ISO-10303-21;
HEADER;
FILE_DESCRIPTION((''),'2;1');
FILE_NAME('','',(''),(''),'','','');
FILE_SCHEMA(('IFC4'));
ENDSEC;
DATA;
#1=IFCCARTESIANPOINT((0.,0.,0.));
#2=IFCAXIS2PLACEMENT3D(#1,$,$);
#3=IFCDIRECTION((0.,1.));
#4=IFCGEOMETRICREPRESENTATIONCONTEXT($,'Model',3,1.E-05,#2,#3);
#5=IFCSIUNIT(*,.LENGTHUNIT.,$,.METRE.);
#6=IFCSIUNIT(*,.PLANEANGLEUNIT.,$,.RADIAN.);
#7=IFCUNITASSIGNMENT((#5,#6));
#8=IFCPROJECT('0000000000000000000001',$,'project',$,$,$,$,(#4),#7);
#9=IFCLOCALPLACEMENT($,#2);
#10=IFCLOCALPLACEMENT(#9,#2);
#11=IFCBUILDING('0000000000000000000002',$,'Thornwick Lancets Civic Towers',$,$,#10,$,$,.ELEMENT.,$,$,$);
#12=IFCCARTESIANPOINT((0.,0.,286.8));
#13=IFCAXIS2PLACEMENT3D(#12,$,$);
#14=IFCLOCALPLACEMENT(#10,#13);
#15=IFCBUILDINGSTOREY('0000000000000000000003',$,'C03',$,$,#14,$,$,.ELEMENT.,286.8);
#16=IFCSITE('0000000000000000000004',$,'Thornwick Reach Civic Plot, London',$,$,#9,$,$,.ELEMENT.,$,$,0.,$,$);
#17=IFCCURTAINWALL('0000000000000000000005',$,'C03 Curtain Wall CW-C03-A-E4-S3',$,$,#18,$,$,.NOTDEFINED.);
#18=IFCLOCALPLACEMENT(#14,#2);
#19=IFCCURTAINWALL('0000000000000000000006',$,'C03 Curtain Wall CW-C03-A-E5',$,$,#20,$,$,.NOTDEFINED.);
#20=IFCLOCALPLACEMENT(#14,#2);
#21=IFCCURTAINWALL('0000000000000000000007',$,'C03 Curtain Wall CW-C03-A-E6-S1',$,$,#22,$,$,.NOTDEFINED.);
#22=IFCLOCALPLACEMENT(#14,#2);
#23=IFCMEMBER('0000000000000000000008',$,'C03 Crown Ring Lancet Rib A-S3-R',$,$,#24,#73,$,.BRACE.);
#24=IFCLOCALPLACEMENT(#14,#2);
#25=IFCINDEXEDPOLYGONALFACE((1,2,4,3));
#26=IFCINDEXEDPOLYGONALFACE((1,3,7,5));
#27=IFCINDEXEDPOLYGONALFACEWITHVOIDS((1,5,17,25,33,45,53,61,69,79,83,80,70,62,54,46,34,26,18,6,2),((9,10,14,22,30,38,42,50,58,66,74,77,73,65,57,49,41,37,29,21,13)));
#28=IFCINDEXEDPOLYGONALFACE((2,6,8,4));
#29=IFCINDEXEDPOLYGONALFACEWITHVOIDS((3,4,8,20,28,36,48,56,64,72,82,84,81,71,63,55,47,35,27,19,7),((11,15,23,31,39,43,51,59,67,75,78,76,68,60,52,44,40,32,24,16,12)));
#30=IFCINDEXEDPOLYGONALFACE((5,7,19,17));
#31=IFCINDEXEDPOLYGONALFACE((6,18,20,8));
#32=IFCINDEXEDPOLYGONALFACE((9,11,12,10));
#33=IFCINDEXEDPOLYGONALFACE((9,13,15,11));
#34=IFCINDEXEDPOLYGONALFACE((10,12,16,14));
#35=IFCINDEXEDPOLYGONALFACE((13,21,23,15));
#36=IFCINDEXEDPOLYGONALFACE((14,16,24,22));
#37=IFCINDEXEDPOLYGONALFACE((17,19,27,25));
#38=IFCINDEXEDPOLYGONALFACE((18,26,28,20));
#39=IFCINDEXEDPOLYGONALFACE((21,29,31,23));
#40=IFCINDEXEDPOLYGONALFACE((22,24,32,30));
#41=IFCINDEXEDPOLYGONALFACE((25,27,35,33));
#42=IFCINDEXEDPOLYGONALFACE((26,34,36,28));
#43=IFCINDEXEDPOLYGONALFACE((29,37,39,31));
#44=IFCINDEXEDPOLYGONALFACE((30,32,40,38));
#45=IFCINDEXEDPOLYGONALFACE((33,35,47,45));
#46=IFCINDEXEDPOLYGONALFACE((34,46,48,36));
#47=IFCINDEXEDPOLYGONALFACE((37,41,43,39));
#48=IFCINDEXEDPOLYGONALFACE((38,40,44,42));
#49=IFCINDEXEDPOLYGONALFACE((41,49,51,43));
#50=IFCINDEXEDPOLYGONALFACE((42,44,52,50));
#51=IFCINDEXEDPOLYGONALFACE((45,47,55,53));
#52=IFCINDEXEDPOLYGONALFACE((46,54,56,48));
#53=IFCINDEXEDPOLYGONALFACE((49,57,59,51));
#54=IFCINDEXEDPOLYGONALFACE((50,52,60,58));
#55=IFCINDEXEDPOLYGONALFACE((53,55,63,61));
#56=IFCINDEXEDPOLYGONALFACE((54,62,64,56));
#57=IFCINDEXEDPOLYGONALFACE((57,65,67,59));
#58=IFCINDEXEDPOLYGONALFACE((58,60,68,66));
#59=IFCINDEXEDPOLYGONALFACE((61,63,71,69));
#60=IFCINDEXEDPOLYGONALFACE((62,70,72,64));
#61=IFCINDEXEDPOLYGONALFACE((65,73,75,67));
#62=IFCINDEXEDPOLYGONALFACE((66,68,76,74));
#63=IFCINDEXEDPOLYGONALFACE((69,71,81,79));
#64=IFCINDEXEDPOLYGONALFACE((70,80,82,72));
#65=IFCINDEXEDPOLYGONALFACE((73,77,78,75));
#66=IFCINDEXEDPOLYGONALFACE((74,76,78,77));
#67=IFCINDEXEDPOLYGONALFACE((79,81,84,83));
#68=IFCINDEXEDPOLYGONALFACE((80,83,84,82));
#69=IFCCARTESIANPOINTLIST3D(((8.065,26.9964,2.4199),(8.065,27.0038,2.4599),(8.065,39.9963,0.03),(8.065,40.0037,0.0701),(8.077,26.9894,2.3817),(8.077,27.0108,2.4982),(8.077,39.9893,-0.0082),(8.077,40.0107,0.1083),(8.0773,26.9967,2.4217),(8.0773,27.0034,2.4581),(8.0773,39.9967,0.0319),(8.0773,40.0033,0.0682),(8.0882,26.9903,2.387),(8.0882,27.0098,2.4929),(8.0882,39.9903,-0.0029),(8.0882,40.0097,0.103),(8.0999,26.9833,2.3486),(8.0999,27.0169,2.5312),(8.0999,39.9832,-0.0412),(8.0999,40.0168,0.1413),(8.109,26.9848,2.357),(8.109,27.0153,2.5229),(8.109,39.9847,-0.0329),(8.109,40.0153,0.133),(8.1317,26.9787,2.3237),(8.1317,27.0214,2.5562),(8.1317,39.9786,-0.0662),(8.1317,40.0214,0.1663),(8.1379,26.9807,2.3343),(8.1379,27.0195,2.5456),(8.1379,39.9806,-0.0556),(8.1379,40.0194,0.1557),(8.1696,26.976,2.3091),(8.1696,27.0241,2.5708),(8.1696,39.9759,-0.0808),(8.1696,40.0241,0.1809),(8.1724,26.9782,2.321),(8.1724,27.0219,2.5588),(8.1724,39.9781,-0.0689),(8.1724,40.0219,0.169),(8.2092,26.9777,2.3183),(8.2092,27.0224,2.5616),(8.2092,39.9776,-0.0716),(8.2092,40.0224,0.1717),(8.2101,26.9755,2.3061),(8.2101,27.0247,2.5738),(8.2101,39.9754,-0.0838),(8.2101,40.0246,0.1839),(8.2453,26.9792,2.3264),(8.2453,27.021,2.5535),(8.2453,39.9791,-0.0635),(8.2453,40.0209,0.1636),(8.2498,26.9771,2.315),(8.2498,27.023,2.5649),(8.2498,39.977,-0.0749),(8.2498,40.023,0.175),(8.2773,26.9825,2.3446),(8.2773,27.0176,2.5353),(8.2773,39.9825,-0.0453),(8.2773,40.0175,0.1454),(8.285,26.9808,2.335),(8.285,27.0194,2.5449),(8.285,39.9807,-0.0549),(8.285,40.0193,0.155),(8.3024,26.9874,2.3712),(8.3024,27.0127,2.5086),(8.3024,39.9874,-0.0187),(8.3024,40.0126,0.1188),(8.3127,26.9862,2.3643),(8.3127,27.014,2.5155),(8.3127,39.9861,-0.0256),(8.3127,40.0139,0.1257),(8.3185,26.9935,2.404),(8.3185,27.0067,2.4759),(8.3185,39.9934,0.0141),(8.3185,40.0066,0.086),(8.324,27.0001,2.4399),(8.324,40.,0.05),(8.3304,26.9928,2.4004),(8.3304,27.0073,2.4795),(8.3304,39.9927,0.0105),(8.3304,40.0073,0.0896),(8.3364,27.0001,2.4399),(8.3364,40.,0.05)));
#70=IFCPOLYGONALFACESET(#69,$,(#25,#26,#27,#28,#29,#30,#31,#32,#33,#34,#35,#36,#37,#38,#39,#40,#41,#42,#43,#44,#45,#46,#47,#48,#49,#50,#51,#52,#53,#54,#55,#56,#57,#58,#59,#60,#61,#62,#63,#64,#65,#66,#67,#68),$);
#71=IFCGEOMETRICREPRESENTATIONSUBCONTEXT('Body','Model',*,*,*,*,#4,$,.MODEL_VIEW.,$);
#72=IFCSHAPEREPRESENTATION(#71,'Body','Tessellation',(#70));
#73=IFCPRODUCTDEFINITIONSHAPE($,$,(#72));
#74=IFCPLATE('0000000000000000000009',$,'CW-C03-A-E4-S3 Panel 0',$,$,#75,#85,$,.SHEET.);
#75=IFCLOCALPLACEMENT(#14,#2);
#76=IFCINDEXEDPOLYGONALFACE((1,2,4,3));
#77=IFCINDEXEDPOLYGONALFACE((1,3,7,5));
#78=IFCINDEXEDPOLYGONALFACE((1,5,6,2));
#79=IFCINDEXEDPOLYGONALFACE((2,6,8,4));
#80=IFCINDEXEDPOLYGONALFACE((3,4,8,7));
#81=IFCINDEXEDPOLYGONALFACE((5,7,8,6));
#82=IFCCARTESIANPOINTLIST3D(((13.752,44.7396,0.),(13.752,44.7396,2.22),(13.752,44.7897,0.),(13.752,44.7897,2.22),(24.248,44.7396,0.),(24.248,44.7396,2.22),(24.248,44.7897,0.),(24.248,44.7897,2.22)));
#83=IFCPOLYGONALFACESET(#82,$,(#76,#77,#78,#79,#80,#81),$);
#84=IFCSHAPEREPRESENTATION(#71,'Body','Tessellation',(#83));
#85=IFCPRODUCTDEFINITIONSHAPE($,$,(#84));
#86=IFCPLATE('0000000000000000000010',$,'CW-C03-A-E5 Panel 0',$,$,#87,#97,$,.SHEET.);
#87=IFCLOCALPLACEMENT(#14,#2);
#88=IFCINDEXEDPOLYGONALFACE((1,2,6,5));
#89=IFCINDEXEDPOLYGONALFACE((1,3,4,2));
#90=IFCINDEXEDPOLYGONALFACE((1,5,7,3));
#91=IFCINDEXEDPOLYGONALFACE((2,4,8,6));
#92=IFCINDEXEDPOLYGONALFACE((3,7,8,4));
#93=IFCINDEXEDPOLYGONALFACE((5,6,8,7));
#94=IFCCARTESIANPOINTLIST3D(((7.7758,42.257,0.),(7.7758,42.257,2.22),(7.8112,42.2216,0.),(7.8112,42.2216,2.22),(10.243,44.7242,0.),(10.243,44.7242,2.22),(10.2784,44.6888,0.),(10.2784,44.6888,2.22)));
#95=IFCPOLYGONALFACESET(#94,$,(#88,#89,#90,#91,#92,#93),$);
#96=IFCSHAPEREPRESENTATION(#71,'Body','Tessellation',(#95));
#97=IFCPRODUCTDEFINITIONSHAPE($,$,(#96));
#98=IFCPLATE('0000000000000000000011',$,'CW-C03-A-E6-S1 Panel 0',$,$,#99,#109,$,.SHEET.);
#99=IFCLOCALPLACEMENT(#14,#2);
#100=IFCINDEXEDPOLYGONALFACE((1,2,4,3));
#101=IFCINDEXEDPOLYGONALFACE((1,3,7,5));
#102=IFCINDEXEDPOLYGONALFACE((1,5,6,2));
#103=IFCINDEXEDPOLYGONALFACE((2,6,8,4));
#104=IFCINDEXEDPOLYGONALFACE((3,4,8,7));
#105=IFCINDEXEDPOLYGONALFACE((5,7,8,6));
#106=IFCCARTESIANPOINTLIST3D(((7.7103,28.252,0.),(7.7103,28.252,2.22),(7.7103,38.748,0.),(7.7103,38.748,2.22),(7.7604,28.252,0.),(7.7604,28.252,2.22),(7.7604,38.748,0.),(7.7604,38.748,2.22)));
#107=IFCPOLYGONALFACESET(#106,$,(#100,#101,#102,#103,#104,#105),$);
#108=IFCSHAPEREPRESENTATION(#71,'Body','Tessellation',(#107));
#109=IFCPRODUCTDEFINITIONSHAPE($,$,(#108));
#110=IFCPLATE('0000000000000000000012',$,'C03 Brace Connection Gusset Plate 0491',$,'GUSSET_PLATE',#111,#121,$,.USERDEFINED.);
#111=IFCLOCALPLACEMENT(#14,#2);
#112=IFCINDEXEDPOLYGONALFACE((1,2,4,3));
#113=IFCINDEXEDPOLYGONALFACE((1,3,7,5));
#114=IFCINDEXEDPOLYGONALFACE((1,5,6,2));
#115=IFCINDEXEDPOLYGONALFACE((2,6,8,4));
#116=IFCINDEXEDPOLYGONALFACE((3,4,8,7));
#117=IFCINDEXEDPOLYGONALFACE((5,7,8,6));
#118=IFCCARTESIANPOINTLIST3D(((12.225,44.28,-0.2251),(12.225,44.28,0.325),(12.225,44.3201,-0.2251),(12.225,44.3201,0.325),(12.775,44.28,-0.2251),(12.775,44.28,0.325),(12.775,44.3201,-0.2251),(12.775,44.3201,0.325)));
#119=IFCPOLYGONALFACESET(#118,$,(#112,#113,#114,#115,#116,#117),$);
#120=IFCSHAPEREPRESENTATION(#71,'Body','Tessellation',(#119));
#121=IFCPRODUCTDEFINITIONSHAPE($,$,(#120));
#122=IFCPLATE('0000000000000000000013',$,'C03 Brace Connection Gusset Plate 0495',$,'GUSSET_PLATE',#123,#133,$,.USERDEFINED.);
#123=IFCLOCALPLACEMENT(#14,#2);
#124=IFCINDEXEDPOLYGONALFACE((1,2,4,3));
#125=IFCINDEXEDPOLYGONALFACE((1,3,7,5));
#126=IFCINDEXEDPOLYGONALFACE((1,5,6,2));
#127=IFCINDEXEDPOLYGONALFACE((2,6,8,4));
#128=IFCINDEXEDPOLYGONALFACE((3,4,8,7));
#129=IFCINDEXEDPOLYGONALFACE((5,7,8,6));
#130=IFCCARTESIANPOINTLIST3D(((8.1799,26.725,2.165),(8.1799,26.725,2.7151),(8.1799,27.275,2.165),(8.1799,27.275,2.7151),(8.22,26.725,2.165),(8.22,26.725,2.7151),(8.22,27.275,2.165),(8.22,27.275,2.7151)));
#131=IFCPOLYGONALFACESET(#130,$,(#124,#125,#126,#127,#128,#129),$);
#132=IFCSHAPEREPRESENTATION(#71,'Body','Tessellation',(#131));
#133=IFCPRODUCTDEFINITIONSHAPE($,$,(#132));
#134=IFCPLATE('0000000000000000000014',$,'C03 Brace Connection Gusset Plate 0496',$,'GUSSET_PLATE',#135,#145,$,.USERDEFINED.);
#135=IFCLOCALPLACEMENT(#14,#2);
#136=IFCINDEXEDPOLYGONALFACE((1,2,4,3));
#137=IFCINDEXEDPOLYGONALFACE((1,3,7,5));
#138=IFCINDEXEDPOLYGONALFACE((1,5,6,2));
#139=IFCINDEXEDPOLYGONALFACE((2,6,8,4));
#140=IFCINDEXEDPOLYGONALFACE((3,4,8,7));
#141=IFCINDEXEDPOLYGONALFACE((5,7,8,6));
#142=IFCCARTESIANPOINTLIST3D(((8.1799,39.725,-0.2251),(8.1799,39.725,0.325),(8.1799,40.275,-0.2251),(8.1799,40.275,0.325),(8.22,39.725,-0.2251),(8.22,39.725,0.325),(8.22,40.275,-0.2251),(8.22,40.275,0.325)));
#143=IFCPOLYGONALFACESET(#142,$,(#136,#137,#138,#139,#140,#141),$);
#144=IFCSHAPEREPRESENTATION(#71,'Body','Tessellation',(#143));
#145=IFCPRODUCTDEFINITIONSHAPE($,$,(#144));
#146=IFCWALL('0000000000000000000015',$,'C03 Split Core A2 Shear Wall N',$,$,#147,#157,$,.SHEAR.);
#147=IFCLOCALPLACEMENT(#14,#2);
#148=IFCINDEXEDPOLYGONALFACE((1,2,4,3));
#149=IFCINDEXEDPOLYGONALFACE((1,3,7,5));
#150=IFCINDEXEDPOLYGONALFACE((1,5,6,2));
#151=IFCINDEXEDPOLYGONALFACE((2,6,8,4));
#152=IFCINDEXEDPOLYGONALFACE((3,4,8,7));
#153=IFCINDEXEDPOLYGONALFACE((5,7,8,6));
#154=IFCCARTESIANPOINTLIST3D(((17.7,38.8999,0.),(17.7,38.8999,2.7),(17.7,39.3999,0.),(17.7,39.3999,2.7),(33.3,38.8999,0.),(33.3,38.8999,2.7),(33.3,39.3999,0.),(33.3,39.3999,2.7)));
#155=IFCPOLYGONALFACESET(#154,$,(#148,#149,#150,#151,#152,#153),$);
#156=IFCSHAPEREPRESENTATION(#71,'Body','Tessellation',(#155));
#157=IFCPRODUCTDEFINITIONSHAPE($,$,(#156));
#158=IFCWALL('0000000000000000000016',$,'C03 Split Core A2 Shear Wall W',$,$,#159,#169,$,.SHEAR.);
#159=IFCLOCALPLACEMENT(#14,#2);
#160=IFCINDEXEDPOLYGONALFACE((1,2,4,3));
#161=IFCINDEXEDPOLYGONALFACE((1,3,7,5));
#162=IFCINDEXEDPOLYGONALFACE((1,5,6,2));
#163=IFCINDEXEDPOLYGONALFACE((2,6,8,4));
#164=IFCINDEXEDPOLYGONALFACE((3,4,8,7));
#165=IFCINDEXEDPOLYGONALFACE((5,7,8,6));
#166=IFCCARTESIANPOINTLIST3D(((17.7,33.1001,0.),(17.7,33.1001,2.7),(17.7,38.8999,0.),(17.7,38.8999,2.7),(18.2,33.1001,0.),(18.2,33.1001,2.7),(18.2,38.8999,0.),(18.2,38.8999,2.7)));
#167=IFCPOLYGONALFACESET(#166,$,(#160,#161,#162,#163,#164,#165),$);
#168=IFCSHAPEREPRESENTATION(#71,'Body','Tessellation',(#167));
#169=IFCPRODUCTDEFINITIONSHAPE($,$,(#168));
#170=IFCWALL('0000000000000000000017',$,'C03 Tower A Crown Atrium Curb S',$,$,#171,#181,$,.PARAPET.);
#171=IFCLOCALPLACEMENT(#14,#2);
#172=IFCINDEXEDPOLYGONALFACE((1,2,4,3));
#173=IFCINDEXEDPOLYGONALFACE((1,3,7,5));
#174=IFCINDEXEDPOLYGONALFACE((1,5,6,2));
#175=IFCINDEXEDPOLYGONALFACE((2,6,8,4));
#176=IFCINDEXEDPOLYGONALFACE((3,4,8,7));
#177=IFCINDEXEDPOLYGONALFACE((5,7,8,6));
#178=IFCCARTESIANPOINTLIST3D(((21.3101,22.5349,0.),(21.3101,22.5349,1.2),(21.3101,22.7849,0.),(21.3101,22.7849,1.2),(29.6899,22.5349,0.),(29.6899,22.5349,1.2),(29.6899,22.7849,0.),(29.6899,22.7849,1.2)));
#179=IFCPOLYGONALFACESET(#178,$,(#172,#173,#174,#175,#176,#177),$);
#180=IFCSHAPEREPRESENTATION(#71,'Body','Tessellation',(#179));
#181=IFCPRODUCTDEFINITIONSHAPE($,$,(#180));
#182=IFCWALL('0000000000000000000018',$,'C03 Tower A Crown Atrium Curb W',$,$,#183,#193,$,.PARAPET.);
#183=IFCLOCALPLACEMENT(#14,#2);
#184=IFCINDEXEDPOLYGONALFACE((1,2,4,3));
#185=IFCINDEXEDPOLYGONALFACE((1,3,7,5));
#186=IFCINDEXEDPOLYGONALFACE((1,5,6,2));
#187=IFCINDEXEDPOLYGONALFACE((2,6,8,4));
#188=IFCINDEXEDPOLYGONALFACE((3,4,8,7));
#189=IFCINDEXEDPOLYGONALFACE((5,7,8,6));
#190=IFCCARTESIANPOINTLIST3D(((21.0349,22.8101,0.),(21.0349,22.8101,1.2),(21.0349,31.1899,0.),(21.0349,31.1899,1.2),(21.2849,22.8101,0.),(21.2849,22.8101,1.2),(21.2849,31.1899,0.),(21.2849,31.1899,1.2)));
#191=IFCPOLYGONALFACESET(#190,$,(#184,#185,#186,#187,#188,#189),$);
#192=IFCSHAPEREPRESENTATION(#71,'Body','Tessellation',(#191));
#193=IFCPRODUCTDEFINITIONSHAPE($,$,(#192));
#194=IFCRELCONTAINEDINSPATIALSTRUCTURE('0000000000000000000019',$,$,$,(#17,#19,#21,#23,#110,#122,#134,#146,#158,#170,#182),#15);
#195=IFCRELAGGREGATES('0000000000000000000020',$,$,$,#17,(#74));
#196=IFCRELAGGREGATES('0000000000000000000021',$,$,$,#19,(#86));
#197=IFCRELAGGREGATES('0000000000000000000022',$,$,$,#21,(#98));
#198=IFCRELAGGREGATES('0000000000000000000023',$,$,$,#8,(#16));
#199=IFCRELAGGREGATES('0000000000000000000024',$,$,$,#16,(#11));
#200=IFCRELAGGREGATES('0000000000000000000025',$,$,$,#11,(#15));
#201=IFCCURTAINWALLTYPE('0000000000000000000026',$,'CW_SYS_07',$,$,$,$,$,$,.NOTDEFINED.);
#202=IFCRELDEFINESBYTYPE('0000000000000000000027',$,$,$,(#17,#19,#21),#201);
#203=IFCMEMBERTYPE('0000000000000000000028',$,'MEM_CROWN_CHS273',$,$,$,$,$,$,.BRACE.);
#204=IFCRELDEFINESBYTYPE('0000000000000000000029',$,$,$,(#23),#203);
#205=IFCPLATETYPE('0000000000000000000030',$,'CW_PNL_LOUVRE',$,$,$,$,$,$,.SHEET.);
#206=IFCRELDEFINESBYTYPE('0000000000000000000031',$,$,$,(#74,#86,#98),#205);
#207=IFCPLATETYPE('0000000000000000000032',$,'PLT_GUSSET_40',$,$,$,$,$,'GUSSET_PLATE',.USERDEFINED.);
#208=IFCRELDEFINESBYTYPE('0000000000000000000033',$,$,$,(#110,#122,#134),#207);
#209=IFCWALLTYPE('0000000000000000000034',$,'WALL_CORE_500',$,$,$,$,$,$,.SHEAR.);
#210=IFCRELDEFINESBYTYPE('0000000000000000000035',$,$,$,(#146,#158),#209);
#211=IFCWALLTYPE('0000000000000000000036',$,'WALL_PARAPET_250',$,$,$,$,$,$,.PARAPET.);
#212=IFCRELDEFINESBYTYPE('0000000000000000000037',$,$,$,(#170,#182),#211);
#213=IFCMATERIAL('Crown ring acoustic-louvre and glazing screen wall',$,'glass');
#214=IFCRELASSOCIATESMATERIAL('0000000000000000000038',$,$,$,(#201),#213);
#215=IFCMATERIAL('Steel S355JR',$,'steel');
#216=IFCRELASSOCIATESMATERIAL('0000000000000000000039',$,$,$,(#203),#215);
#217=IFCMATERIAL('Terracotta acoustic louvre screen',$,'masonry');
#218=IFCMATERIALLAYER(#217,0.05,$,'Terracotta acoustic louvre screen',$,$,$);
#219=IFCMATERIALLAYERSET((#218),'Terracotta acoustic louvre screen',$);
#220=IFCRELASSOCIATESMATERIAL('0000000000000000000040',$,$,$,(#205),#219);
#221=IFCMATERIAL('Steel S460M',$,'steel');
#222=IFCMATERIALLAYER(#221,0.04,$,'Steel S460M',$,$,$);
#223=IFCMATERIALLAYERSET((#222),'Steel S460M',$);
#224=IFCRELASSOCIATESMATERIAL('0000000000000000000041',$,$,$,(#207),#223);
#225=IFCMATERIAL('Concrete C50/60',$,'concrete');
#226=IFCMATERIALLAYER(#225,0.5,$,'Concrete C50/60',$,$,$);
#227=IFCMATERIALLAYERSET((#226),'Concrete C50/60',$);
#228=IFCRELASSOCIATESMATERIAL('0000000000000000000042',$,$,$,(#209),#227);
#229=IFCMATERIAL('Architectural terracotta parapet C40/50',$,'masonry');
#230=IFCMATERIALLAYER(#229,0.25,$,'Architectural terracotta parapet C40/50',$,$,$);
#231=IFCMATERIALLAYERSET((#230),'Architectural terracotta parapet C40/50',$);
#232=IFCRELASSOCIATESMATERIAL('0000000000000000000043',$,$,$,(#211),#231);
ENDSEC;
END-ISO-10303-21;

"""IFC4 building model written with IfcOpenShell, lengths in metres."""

from ifc_helpers import new_model, si_unit, direction, frame, frame_2d, origin, origin_2d, place, context, subcontext, project, spatial, rectangle, hollow_circle, extrude, material, layer, layer_set, material_profile, profile_set, type_object, element, aggregate, save


model = new_model("IFC4")

# Units and contexts
model_context = context("Model", 3, precision=1e-05, world=origin(), true_north=direction((0.0, 1.0)))
body_context = subcontext(model_context, "Body", "Model", "MODEL_VIEW")
ifc_project = project(units=[si_unit("LENGTHUNIT", "METRE"), si_unit("PLANEANGLEUNIT", "RADIAN")], contexts=[model_context])

# Site, building, storey
site_placement = place(None, origin())
site = spatial("IfcSite", under=ifc_project, at=site_placement, Name="Thornwick Reach Civic Plot, London", CompositionType="ELEMENT", RefElevation=0.0)
building_placement = place(site_placement, origin())
building = spatial("IfcBuilding", under=site, at=building_placement, Name="Thornwick Lancets Civic Towers", CompositionType="ELEMENT")
storey_placement = place(building_placement, frame((0.0, 0.0, 286.8)))
storey = spatial("IfcBuildingStorey", under=building, at=storey_placement, Name="C03", CompositionType="ELEMENT", Elevation=286.8)

# Shared definitions
ifc_material_1 = material(Name="Steel S355JR", Category="steel")

# Curtain walls
ifc_material_2 = material(Name="Crown ring acoustic-louvre and glazing screen wall", Category="glass")
curtain_wall_type = type_object("IfcCurtainWallType", Name="CW_SYS_07", PredefinedType="NOTDEFINED", material=ifc_material_2)
curtain_wall_1_placement = place(storey_placement, origin())
curtain_wall_1 = element("IfcCurtainWall", 1, at=curtain_wall_1_placement, inside=storey, type_object=curtain_wall_type, Name="C03 Curtain Wall CW-C03-A-E4-S3", PredefinedType="NOTDEFINED")
curtain_wall_2_placement = place(storey_placement, origin())
curtain_wall_2 = element("IfcCurtainWall", 2, at=curtain_wall_2_placement, inside=storey, type_object=curtain_wall_type, Name="C03 Curtain Wall CW-C03-A-E5", PredefinedType="NOTDEFINED")
curtain_wall_3_placement = place(storey_placement, origin())
curtain_wall_3 = element("IfcCurtainWall", 3, at=curtain_wall_3_placement, inside=storey, type_object=curtain_wall_type, Name="C03 Curtain Wall CW-C03-A-E6-S1", PredefinedType="NOTDEFINED")

# Member
ifc_material_profile_1 = material_profile(ifc_material_1, hollow_circle(Radius=0.1365, WallThickness=0.0125, at=origin_2d()), Name="CHS 273x12.5")
ifc_profile_set_1 = profile_set([ifc_material_profile_1], Name="Steel S355JR")
member_type_1 = type_object("IfcMemberType", Name="MEM_CROWN_CHS273", PredefinedType="BRACE", material=ifc_profile_set_1)
for number, where, z_axis, x_axis, name in (
    (4, (8.2, 40.0, 0.05), (0.0, -0.983518, 0.180808), (1.0, 0.0, 0.0), "C03 Crown Ring Lancet Rib A-S3-R"),
):
    element("IfcMember", number, at=place(storey_placement, frame(where, z_axis=z_axis, x_axis=x_axis)), inside=storey, type_object=member_type_1, Name=name, PredefinedType="BRACE", context=body_context, shape_type="SweptSolid", body=[
        extrude(hollow_circle(Radius=0.1365, WallThickness=0.0125, at=origin_2d()), origin(), (0.0, 0.0, 1.0), 13.2178),
    ])

# Plates
ifc_material_3 = material(Name="Terracotta acoustic louvre screen", Category="masonry")
ifc_layer_1 = layer(ifc_material_3, 0.05, Name="Terracotta acoustic louvre screen")
ifc_layer_set_1 = layer_set([ifc_layer_1], Name="Terracotta acoustic louvre screen")
plate_type_1 = type_object("IfcPlateType", Name="CW_PNL_LOUVRE", PredefinedType="SHEET", material=ifc_layer_set_1)
plate_1_placement = place(storey_placement, frame((19.0, 44.7646, 0.0), z_axis=(0.0, 0.0, 1.0), x_axis=(-1.0, 0.0, 0.0)))
plate_1 = element("IfcPlate", 5, at=plate_1_placement, type_object=plate_type_1, Name="CW-C03-A-E4-S3 Panel 0", PredefinedType="SHEET", context=body_context, shape_type="SweptSolid", body=[
    extrude(rectangle(XDim=10.4961, YDim=0.05, at=origin_2d()), origin(), (0.0, 0.0, 1.0), 2.22),
])
aggregate(curtain_wall_1, [plate_1])
plate_2_placement = place(storey_placement, frame((9.0271, 43.4729, 0.0), z_axis=(0.0, 0.0, 1.0), x_axis=(-0.707107, -0.707107, 0.0)))
plate_2 = element("IfcPlate", 6, at=plate_2_placement, type_object=plate_type_1, Name="CW-C03-A-E5 Panel 0", PredefinedType="SHEET", context=body_context, shape_type="SweptSolid", body=[
    extrude(rectangle(XDim=3.4893, YDim=0.05, at=origin_2d()), origin(), (0.0, 0.0, 1.0), 2.22),
])
aggregate(curtain_wall_2, [plate_2])
plate_3_placement = place(storey_placement, frame((7.7354, 33.5, 0.0), z_axis=(0.0, 0.0, 1.0), x_axis=(0.0, -1.0, 0.0)))
plate_3 = element("IfcPlate", 7, at=plate_3_placement, type_object=plate_type_1, Name="CW-C03-A-E6-S1 Panel 0", PredefinedType="SHEET", context=body_context, shape_type="SweptSolid", body=[
    extrude(rectangle(XDim=10.4961, YDim=0.05, at=origin_2d()), origin(), (0.0, 0.0, 1.0), 2.22),
])
aggregate(curtain_wall_3, [plate_3])

# Plates
ifc_material_4 = material(Name="Steel S460M", Category="steel")
ifc_layer_2 = layer(ifc_material_4, 0.04, Name="Steel S460M")
ifc_layer_set_2 = layer_set([ifc_layer_2], Name="Steel S460M")
plate_type_2 = type_object("IfcPlateType", Name="PLT_GUSSET_40", ElementType="GUSSET_PLATE", PredefinedType="USERDEFINED", material=ifc_layer_set_2)
for number, where, z_axis, x_axis, name in (
    (8, (12.5, 44.3, -0.2251), (0.0, 0.0, 1.0), (1.0, 0.0, 0.0), "C03 Brace Connection Gusset Plate 0491"),
    (9, (8.2, 27.0, 2.165), (0.0, 0.0, 1.0), (0.0, 1.0, 0.0), "C03 Brace Connection Gusset Plate 0495"),
    (10, (8.2, 40.0, -0.2251), (0.0, 0.0, 1.0), (0.0, -1.0, 0.0), "C03 Brace Connection Gusset Plate 0496"),
):
    element("IfcPlate", number, at=place(storey_placement, frame(where, z_axis=z_axis, x_axis=x_axis)), inside=storey, type_object=plate_type_2, Name=name, ObjectType="GUSSET_PLATE", PredefinedType="USERDEFINED", context=body_context, shape_type="SweptSolid", body=[
        extrude(rectangle(XDim=0.55, YDim=0.04, at=origin_2d()), origin(), (0.0, 0.0, 1.0), 0.55),
    ])

# Walls
ifc_material_5 = material(Name="Concrete C50/60", Category="concrete")
ifc_layer_3 = layer(ifc_material_5, 0.5, Name="Concrete C50/60")
ifc_layer_set_3 = layer_set([ifc_layer_3], Name="Concrete C50/60")
wall_type_1 = type_object("IfcWallType", Name="WALL_CORE_500", PredefinedType="SHEAR", material=ifc_layer_set_3)
wall_1_placement = place(storey_placement, frame((17.7, 39.1499, 0.0), z_axis=(0.0, 0.0, 1.0), x_axis=(1.0, 0.0, 0.0)))
element("IfcWall", 11, at=wall_1_placement, inside=storey, type_object=wall_type_1, Name="C03 Split Core A2 Shear Wall N", PredefinedType="SHEAR", context=body_context, shape_type="SweptSolid", body=[
    extrude(rectangle(XDim=15.6001, YDim=0.5, at=frame_2d((7.8, 0.0))), origin(), (0.0, 0.0, 1.0), 2.7),
])
wall_2_placement = place(storey_placement, frame((17.95, 33.1001, 0.0), z_axis=(0.0, 0.0, 1.0), x_axis=(0.0, 1.0, 0.0)))
element("IfcWall", 12, at=wall_2_placement, inside=storey, type_object=wall_type_1, Name="C03 Split Core A2 Shear Wall W", PredefinedType="SHEAR", context=body_context, shape_type="SweptSolid", body=[
    extrude(rectangle(XDim=5.7998, YDim=0.5, at=frame_2d((2.8999, 0.0))), origin(), (0.0, 0.0, 1.0), 2.7),
])
ifc_material_6 = material(Name="Architectural terracotta parapet C40/50", Category="masonry")
ifc_layer_4 = layer(ifc_material_6, 0.25, Name="Architectural terracotta parapet C40/50")
ifc_layer_set_4 = layer_set([ifc_layer_4], Name="Architectural terracotta parapet C40/50")
wall_type_2 = type_object("IfcWallType", Name="WALL_PARAPET_250", PredefinedType="PARAPET", material=ifc_layer_set_4)
for number, where, z_axis, x_axis, name in (
    (13, (21.3101, 22.6599, 0.0), (0.0, 0.0, 1.0), (1.0, 0.0, 0.0), "C03 Tower A Crown Atrium Curb S"),
    (14, (21.1599, 31.1899, 0.0), (0.0, 0.0, 1.0), (0.0, -1.0, 0.0), "C03 Tower A Crown Atrium Curb W"),
):
    element("IfcWall", number, at=place(storey_placement, frame(where, z_axis=z_axis, x_axis=x_axis)), inside=storey, type_object=wall_type_2, Name=name, PredefinedType="PARAPET", context=body_context, shape_type="SweptSolid", body=[
        extrude(rectangle(XDim=8.3799, YDim=0.25, at=frame_2d((4.1899, 0.0))), origin(), (0.0, 0.0, 1.0), 1.2),
    ])

save(model, "model.ifc")
